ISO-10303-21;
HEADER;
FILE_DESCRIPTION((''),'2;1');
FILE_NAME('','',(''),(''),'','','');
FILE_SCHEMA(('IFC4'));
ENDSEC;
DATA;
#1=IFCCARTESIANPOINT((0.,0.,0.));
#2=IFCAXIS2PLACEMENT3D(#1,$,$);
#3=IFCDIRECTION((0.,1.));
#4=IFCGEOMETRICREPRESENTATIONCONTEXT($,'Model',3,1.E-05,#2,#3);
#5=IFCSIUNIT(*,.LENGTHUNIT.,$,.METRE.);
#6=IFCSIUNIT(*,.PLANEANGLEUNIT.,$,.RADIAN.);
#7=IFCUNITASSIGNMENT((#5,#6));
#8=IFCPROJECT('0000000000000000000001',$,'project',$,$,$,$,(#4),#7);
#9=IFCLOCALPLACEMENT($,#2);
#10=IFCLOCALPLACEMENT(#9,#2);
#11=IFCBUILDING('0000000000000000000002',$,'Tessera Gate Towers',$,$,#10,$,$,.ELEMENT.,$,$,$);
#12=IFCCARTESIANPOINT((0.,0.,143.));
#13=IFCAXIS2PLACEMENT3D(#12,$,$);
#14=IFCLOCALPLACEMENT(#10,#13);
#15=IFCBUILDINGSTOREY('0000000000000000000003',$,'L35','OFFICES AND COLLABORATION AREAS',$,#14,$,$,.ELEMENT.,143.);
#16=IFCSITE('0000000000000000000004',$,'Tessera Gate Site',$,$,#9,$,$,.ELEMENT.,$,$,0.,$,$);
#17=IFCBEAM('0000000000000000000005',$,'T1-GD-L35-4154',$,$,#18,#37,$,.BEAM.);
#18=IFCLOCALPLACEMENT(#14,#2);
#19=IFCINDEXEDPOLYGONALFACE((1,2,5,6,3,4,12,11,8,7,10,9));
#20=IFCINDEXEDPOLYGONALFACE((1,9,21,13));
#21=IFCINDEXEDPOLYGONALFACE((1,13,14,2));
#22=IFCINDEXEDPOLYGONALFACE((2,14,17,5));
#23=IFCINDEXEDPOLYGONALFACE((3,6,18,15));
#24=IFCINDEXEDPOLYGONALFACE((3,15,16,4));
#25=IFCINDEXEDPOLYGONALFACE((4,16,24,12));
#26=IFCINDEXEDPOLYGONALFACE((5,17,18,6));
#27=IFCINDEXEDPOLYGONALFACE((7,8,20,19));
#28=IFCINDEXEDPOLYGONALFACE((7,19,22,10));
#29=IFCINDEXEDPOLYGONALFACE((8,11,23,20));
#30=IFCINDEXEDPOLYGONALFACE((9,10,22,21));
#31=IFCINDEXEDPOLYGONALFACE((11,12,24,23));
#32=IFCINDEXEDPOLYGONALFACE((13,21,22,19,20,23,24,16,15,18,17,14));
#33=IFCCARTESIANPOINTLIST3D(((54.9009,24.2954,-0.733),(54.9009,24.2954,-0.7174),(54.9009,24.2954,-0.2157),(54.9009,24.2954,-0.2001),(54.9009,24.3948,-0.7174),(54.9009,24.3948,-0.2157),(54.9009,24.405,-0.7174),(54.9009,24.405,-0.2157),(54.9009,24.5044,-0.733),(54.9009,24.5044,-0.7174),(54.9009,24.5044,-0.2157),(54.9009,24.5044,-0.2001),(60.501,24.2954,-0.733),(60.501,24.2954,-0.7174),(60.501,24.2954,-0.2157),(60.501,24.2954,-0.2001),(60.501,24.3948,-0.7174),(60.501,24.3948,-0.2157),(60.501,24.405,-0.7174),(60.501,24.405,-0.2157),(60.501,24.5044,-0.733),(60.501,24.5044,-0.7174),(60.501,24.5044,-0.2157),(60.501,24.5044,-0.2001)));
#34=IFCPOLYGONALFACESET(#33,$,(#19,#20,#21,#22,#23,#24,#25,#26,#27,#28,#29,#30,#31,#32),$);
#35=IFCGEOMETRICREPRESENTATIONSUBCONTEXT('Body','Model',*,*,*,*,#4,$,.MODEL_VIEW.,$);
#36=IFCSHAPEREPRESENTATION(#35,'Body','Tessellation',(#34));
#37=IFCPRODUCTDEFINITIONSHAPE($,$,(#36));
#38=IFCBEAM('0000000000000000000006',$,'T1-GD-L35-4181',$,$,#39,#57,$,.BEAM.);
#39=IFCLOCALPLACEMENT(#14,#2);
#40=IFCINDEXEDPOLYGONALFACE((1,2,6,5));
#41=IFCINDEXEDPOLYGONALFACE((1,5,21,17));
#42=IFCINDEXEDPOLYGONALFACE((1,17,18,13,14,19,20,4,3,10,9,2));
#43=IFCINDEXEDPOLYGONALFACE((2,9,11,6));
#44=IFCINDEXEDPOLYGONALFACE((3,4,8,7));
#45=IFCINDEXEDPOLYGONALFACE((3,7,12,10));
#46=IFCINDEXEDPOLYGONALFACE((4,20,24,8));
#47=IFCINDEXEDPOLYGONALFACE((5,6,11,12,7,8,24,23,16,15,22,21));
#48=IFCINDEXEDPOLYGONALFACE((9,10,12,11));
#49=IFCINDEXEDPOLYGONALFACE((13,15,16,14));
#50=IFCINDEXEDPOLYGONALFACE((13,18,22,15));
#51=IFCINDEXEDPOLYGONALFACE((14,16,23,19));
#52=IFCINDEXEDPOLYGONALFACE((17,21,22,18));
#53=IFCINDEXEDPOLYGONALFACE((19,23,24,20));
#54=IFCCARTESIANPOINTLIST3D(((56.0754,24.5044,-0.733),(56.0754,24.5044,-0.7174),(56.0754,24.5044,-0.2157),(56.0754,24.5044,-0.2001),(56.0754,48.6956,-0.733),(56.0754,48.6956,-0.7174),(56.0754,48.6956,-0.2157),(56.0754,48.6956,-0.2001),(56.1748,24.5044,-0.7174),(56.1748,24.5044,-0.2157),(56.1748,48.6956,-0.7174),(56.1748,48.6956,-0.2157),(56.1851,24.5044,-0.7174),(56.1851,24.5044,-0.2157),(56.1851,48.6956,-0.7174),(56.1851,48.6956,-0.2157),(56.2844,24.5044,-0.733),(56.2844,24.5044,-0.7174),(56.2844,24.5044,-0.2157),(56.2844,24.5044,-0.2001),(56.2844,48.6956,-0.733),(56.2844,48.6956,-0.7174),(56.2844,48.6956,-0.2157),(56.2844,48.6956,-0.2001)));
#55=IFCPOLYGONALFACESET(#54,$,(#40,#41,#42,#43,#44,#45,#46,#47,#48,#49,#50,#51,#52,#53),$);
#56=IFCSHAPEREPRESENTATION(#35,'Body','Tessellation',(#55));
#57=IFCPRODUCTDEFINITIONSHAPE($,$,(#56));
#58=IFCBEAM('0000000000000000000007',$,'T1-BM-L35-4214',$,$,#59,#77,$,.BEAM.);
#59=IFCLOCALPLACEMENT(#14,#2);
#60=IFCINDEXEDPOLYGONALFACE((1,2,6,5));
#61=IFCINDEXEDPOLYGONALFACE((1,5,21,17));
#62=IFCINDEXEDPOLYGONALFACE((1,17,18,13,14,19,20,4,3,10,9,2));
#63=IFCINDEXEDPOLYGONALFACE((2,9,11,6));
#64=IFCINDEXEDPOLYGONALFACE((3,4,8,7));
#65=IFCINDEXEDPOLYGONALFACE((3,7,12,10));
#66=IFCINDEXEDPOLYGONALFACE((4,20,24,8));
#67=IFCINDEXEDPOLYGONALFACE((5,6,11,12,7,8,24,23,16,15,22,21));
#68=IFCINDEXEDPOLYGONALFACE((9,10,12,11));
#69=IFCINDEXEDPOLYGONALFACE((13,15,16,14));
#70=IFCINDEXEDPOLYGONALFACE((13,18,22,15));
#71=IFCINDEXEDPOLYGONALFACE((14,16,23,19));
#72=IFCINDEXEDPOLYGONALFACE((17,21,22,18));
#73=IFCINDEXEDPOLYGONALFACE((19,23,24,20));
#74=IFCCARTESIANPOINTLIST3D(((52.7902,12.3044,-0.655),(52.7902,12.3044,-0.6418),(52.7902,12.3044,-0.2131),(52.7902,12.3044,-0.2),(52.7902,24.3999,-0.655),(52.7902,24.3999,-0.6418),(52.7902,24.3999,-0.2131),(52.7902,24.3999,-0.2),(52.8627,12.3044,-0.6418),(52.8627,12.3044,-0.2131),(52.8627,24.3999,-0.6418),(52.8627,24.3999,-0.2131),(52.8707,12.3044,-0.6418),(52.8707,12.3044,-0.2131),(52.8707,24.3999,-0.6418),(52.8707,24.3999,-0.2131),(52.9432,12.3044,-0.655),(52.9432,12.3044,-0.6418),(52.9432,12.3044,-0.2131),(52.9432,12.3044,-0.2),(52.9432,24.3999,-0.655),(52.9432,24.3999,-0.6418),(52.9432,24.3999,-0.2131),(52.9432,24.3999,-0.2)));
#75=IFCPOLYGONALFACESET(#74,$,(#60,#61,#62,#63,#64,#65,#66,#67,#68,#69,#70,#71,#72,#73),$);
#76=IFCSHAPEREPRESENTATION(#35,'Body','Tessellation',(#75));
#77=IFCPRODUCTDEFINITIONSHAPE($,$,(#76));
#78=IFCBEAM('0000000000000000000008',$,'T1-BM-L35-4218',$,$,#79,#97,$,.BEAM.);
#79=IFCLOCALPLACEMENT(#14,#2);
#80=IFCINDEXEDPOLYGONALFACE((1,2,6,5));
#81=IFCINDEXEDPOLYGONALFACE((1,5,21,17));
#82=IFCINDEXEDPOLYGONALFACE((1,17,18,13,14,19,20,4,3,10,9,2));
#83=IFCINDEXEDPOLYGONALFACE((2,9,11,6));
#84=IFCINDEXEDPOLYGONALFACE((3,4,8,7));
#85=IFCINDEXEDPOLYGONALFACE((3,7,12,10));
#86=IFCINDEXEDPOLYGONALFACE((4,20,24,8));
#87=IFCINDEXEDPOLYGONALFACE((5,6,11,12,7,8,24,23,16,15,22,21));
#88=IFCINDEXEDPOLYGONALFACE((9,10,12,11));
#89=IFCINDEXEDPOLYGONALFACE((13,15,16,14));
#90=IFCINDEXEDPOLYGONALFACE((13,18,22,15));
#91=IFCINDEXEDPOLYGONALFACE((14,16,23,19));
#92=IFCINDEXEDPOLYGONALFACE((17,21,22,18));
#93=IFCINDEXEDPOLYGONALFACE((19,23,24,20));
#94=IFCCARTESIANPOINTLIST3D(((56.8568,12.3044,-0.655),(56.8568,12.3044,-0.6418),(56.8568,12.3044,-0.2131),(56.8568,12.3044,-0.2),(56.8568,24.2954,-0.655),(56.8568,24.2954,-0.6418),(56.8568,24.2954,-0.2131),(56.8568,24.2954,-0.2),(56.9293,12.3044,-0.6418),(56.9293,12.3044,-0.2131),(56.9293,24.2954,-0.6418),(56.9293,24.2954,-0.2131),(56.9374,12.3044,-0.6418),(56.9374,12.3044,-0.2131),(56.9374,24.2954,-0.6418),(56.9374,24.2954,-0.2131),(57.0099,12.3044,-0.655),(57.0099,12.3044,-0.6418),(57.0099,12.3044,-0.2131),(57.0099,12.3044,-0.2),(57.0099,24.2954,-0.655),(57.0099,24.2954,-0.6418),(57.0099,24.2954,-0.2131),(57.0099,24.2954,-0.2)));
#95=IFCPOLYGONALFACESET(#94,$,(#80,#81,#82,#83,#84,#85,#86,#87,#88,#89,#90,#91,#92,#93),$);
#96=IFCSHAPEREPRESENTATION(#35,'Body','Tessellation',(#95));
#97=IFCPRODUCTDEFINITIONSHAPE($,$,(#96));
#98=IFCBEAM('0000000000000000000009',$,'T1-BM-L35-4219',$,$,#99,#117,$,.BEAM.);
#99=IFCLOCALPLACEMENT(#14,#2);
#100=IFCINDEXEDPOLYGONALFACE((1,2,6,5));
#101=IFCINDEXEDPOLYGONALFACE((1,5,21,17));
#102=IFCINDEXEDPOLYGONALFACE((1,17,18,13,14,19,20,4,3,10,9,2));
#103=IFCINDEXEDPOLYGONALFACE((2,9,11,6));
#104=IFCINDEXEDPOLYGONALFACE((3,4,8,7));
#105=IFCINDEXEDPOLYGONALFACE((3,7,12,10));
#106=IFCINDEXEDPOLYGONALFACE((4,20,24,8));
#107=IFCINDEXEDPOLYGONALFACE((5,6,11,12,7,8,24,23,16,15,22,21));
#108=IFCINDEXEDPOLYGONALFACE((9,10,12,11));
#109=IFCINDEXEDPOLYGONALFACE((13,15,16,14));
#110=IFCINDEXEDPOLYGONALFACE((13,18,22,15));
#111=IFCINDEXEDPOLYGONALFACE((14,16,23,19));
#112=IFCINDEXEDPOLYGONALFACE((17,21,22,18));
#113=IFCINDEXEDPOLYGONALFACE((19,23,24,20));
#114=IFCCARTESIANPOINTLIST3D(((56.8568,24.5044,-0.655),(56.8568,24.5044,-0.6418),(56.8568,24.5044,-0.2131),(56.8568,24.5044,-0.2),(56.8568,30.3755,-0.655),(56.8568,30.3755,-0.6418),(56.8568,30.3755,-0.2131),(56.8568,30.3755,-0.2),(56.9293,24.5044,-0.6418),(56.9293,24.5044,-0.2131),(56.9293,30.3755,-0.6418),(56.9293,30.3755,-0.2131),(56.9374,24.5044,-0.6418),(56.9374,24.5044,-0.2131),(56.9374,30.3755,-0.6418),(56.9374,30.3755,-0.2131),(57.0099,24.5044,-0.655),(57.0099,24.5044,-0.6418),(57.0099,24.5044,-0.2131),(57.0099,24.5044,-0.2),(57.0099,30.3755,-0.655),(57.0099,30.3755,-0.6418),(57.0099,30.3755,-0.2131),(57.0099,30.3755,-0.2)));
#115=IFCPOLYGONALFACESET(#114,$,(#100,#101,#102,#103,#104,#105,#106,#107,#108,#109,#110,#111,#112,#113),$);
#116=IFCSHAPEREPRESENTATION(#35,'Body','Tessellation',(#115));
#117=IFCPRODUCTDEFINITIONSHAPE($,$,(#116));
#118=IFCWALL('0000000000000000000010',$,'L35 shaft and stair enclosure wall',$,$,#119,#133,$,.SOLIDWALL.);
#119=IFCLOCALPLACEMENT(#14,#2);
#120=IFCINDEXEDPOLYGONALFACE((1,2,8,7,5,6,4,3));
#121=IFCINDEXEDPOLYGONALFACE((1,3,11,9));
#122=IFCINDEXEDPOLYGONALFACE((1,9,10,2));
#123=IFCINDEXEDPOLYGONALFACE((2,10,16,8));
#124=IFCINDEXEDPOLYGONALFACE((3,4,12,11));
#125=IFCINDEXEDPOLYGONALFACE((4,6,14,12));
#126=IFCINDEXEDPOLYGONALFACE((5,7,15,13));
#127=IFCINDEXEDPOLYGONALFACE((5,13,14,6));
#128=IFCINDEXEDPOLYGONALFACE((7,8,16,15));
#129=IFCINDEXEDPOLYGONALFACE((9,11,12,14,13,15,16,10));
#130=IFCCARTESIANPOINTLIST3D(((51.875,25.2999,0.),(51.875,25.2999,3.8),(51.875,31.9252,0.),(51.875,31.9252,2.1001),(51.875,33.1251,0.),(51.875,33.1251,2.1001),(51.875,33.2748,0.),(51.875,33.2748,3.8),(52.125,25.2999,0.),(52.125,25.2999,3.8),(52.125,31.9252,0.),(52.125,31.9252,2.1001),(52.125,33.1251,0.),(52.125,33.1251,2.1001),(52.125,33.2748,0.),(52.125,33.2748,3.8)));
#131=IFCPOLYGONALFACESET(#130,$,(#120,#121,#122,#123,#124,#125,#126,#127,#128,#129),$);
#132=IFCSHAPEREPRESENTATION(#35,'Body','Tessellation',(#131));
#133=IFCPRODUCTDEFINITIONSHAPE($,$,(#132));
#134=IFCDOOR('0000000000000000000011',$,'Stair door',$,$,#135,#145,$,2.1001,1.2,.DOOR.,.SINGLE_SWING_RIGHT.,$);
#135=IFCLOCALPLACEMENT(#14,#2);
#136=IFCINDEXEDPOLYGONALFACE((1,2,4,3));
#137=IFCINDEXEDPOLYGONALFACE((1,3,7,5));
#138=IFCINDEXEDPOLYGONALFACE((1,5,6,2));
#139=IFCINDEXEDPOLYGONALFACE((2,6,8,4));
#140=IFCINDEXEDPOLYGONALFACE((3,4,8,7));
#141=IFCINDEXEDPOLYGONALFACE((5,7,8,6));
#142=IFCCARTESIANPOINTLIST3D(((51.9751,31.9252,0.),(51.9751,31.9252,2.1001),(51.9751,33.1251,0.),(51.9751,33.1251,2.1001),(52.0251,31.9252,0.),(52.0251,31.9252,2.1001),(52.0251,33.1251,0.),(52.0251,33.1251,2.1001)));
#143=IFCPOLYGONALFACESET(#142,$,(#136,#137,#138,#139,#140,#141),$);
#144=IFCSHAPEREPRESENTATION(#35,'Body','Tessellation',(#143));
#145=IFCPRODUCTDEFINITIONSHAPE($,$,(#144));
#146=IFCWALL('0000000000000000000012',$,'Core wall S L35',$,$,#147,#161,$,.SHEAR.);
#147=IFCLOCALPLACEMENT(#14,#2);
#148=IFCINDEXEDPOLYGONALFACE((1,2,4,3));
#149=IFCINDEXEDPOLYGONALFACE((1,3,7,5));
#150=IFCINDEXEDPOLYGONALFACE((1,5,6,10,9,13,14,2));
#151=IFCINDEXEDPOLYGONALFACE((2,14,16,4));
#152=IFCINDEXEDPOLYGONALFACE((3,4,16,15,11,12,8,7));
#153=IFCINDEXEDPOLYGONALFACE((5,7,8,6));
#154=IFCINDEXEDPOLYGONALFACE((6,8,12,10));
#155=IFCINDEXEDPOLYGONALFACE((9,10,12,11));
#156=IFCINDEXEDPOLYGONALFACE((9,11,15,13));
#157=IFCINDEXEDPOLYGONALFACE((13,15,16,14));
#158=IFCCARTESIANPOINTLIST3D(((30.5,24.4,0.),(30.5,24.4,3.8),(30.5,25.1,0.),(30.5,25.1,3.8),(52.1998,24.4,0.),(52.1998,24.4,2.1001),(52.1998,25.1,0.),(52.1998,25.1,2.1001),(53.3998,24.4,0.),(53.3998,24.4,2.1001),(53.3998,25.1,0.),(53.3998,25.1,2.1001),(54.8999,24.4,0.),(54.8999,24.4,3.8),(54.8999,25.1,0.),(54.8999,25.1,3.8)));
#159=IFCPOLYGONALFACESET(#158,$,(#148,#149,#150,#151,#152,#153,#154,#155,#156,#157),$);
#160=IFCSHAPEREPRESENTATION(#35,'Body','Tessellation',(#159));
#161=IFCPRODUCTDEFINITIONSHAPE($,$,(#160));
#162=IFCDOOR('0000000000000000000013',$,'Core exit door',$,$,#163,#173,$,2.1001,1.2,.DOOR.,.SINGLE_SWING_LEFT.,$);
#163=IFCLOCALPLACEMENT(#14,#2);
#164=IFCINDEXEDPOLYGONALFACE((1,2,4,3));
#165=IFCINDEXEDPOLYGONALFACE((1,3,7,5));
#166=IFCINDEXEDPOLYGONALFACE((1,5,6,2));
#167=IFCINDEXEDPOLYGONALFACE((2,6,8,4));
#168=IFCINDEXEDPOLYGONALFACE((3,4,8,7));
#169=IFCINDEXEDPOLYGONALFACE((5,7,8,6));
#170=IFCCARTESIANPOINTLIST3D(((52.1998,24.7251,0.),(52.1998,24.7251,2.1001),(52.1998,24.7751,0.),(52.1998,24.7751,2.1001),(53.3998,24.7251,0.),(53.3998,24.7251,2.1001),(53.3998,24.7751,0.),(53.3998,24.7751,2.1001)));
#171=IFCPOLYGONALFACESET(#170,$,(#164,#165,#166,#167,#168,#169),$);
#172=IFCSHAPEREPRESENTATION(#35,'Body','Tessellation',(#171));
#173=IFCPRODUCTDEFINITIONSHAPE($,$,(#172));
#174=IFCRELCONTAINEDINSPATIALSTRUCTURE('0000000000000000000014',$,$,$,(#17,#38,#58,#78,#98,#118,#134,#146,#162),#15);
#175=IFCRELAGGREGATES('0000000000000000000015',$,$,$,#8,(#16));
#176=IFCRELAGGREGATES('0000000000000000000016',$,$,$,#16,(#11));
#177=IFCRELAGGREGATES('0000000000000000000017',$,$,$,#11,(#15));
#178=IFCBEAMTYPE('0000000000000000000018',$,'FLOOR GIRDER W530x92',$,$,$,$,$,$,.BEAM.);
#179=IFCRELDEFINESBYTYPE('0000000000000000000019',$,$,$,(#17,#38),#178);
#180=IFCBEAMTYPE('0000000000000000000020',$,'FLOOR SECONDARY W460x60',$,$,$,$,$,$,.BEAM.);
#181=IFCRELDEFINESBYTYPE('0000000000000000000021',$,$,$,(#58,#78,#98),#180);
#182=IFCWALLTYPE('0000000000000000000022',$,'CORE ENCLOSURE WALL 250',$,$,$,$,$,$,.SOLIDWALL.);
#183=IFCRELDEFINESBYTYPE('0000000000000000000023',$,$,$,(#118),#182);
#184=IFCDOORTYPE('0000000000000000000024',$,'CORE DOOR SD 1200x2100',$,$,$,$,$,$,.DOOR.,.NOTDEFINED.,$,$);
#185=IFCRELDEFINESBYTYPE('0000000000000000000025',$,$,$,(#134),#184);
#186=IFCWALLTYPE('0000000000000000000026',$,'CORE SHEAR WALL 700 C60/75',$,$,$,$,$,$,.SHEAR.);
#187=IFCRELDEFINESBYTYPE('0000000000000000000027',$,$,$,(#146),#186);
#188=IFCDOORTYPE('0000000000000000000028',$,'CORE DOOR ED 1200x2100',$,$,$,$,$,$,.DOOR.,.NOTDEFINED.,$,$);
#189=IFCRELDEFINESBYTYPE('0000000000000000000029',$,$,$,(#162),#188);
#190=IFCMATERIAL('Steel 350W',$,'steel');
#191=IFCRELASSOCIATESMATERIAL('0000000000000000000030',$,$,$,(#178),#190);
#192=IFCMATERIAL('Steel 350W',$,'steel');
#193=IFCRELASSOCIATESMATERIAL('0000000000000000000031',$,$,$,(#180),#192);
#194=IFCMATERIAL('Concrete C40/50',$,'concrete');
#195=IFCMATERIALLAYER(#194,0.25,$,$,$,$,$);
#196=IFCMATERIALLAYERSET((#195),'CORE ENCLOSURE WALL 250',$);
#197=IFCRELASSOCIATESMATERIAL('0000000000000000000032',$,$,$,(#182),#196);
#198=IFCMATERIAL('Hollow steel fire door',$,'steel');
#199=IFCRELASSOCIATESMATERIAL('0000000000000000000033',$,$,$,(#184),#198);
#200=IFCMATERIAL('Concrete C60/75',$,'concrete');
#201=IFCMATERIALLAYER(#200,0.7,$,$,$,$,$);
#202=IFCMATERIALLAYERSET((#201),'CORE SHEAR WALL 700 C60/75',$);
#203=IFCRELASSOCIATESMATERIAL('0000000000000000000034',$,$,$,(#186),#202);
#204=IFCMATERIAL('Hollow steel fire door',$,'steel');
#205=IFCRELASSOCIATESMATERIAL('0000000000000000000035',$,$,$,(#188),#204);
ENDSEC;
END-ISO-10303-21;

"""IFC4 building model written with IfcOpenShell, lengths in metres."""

from ifc_helpers import new_model, si_unit, direction, frame, frame_2d, origin, origin_2d, place, context, subcontext, project, spatial, rectangle, i_section, extrude, source, transform, mapped, material, layer, layer_set, material_profile, profile_set, type_object, element, fill, save


model = new_model("IFC4")

# Units and contexts
model_context = context("Model", 3, precision=1e-05, world=origin(), true_north=direction((0.0, 1.0)))
body_context = subcontext(model_context, "Body", "Model", "MODEL_VIEW")
ifc_project = project(units=[si_unit("LENGTHUNIT", "METRE"), si_unit("PLANEANGLEUNIT", "RADIAN")], contexts=[model_context])

# Site, building, storey
site_placement = place(None, origin())
site = spatial("IfcSite", under=ifc_project, at=site_placement, Name="Tessera Gate Site", CompositionType="ELEMENT", RefElevation=0.0)
building_placement = place(site_placement, origin())
building = spatial("IfcBuilding", under=site, at=building_placement, Name="Tessera Gate Towers", CompositionType="ELEMENT")
storey_placement = place(building_placement, frame((0.0, 0.0, 143.0)))
storey = spatial("IfcBuildingStorey", under=building, at=storey_placement, Name="L35", Description="OFFICES AND COLLABORATION AREAS", CompositionType="ELEMENT", Elevation=143.0)

# Beams
ifc_material_1 = material(Name="Steel 350W", Category="steel")
ifc_material_profile_1 = material_profile(ifc_material_1, i_section(OverallWidth=0.209, OverallDepth=0.533, WebThickness=0.0103, FlangeThickness=0.0156, at=origin_2d()), Name="W530x92")
ifc_profile_set_1 = profile_set([ifc_material_profile_1], Name="Steel 350W")
beam_type_1 = type_object("IfcBeamType", Name="FLOOR GIRDER W530x92", PredefinedType="BEAM", material=ifc_profile_set_1)
beam_1_placement = place(storey_placement, frame((54.9009, 24.3999, -0.4666), z_axis=(1.0, 0.0, 0.0), x_axis=(0.0, 1.0, 0.0)))
element("IfcBeam", 1, at=beam_1_placement, inside=storey, type_object=beam_type_1, Name="T1-GD-L35-4154", PredefinedType="BEAM", context=body_context, shape_type="SweptSolid", body=[
    extrude(i_section(OverallWidth=0.209, OverallDepth=0.533, WebThickness=0.0103, FlangeThickness=0.0156, at=origin_2d()), origin(), (0.0, 0.0, 1.0), 5.6001),
])
beam_2_placement = place(storey_placement, frame((56.1799, 24.5044, -0.4666), z_axis=(0.0, 1.0, 0.0), x_axis=(-1.0, 0.0, 0.0)))
element("IfcBeam", 2, at=beam_2_placement, inside=storey, type_object=beam_type_1, Name="T1-GD-L35-4181", PredefinedType="BEAM", context=body_context, shape_type="SweptSolid", body=[
    extrude(i_section(OverallWidth=0.209, OverallDepth=0.533, WebThickness=0.0103, FlangeThickness=0.0156, at=origin_2d()), origin(), (0.0, 0.0, 1.0), 24.1912),
])
ifc_material_2 = material(Name="Steel 350W", Category="steel")
ifc_material_profile_2 = material_profile(ifc_material_2, i_section(OverallWidth=0.1531, OverallDepth=0.4551, WebThickness=0.0081, FlangeThickness=0.0132, at=origin_2d()), Name="W460x60")
ifc_profile_set_2 = profile_set([ifc_material_profile_2], Name="Steel 350W")
beam_type_2 = type_object("IfcBeamType", Name="FLOOR SECONDARY W460x60", PredefinedType="BEAM", material=ifc_profile_set_2)
beam_3_placement = place(storey_placement, frame((52.8667, 12.3044, -0.4275), z_axis=(0.0, 1.0, 0.0), x_axis=(-1.0, 0.0, 0.0)))
element("IfcBeam", 3, at=beam_3_placement, inside=storey, type_object=beam_type_2, Name="T1-BM-L35-4214", PredefinedType="BEAM", context=body_context, shape_type="SweptSolid", body=[
    extrude(i_section(OverallWidth=0.1531, OverallDepth=0.4551, WebThickness=0.0081, FlangeThickness=0.0132, at=origin_2d()), origin(), (0.0, 0.0, 1.0), 12.0955),
])
beam_4_placement = place(storey_placement, frame((56.9333, 12.3044, -0.4275), z_axis=(0.0, 1.0, 0.0), x_axis=(-1.0, 0.0, 0.0)))
element("IfcBeam", 4, at=beam_4_placement, inside=storey, type_object=beam_type_2, Name="T1-BM-L35-4218", PredefinedType="BEAM", context=body_context, shape_type="SweptSolid", body=[
    extrude(i_section(OverallWidth=0.1531, OverallDepth=0.4551, WebThickness=0.0081, FlangeThickness=0.0132, at=origin_2d()), origin(), (0.0, 0.0, 1.0), 11.991),
])
beam_5_placement = place(storey_placement, frame((56.9333, 24.5044, -0.4275), z_axis=(0.0, 1.0, 0.0), x_axis=(-1.0, 0.0, 0.0)))
element("IfcBeam", 5, at=beam_5_placement, inside=storey, type_object=beam_type_2, Name="T1-BM-L35-4219", PredefinedType="BEAM", context=body_context, shape_type="SweptSolid", body=[
    extrude(i_section(OverallWidth=0.1531, OverallDepth=0.4551, WebThickness=0.0081, FlangeThickness=0.0132, at=origin_2d()), origin(), (0.0, 0.0, 1.0), 5.8711),
])

# Walls, openings, doors
ifc_material_3 = material(Name="Concrete C40/50", Category="concrete")
ifc_layer_1 = layer(ifc_material_3, 0.25)
ifc_layer_set_1 = layer_set([ifc_layer_1], Name="CORE ENCLOSURE WALL 250")
wall_type_1 = type_object("IfcWallType", Name="CORE ENCLOSURE WALL 250", PredefinedType="SOLIDWALL", material=ifc_layer_set_1)
wall_1_placement = place(storey_placement, frame((52.0, 25.3, 0.0), z_axis=(0.0, 0.0, 1.0), x_axis=(0.0, 1.0, 0.0)))
wall_1 = element("IfcWall", 6, at=wall_1_placement, inside=storey, type_object=wall_type_1, Name="L35 shaft and stair enclosure wall", PredefinedType="SOLIDWALL", context=body_context, shape_type="SweptSolid", body=[
    extrude(rectangle(XDim=7.9749, YDim=0.25, at=frame_2d((3.9873, 0.0))), origin(), (0.0, 0.0, 1.0), 3.8),
])
shared_shape_1 = source(origin(), body_context, "Body", "SweptSolid", [
    extrude(rectangle(XDim=1.2, YDim=2.1001, at=frame_2d((0.6001, 1.05))), frame((0.0, 0.135, 0.0), z_axis=(0.0, -1.0, 0.0), x_axis=(1.0, 0.0, 0.0)), (0.0, 0.0, 1.0), 0.27),
])
opening_1_placement = place(wall_1_placement, frame((6.625, 0.0, 0.0)))
opening_1 = element("IfcOpeningElement", 7, at=opening_1_placement, cuts=wall_1, PredefinedType="OPENING", context=body_context, shape_type="MappedRepresentation", body=[
    mapped(shared_shape_1, transform((0.0, 0.0, 0.0), scale=1.0)),
])
ifc_material_4 = material(Name="Hollow steel fire door", Category="steel")
door_type_1 = type_object("IfcDoorType", Name="CORE DOOR SD 1200x2100", OperationType="NOTDEFINED", PredefinedType="DOOR", material=ifc_material_4)
shared_shape_2 = source(origin(), body_context, "Body", "SweptSolid", [
    extrude(rectangle(XDim=1.2, YDim=2.1001, at=frame_2d((0.6001, 1.05))), frame((0.0, 0.0249, 0.0), z_axis=(0.0, -1.0, 0.0), x_axis=(1.0, 0.0, 0.0)), (0.0, 0.0, 1.0), 0.05),
])
door_1_placement = place(opening_1_placement, origin())
door_1 = element("IfcDoor", 8, at=door_1_placement, inside=storey, type_object=door_type_1, Name="Stair door", OperationType="SINGLE_SWING_RIGHT", OverallHeight=2.1001, OverallWidth=1.2, PredefinedType="DOOR", context=body_context, shape_type="MappedRepresentation", body=[
    mapped(shared_shape_2, transform((0.0, 0.0, 0.0), scale=1.0)),
])
fill(opening_1, door_1)
ifc_material_5 = material(Name="Concrete C60/75", Category="concrete")
ifc_layer_2 = layer(ifc_material_5, 0.7)
ifc_layer_set_2 = layer_set([ifc_layer_2], Name="CORE SHEAR WALL 700 C60/75")
wall_type_2 = type_object("IfcWallType", Name="CORE SHEAR WALL 700 C60/75", PredefinedType="SHEAR", material=ifc_layer_set_2)
wall_2_placement = place(storey_placement, frame((54.8999, 24.75, 0.0), z_axis=(0.0, 0.0, 1.0), x_axis=(-1.0, 0.0, 0.0)))
wall_2 = element("IfcWall", 9, at=wall_2_placement, inside=storey, type_object=wall_type_2, Name="Core wall S L35", PredefinedType="SHEAR", context=body_context, shape_type="SweptSolid", body=[
    extrude(rectangle(XDim=24.3999, YDim=0.7, at=frame_2d((12.2, 0.0))), origin(), (0.0, 0.0, 1.0), 3.8),
])
shared_shape_3 = source(origin(), body_context, "Body", "SweptSolid", [
    extrude(rectangle(XDim=1.2, YDim=2.1001, at=frame_2d((0.6001, 1.05))), frame((0.0, 0.3599, 0.0), z_axis=(0.0, -1.0, 0.0), x_axis=(1.0, 0.0, 0.0)), (0.0, 0.0, 1.0), 0.72),
])
opening_2_placement = place(wall_2_placement, frame((1.5, 0.0, 0.0)))
opening_2 = element("IfcOpeningElement", 10, at=opening_2_placement, cuts=wall_2, PredefinedType="OPENING", context=body_context, shape_type="MappedRepresentation", body=[
    mapped(shared_shape_3, transform((0.0, 0.0, 0.0), scale=1.0)),
])
ifc_material_6 = material(Name="Hollow steel fire door", Category="steel")
door_type_2 = type_object("IfcDoorType", Name="CORE DOOR ED 1200x2100", OperationType="NOTDEFINED", PredefinedType="DOOR", material=ifc_material_6)
door_2_placement = place(opening_2_placement, origin())
door_2 = element("IfcDoor", 11, at=door_2_placement, inside=storey, type_object=door_type_2, Name="Core exit door", OperationType="SINGLE_SWING_LEFT", OverallHeight=2.1001, OverallWidth=1.2, PredefinedType="DOOR", context=body_context, shape_type="MappedRepresentation", body=[
    mapped(shared_shape_2, transform((0.0, 0.0, 0.0), scale=1.0)),
])
fill(opening_2, door_2)

save(model, "model.ifc")
